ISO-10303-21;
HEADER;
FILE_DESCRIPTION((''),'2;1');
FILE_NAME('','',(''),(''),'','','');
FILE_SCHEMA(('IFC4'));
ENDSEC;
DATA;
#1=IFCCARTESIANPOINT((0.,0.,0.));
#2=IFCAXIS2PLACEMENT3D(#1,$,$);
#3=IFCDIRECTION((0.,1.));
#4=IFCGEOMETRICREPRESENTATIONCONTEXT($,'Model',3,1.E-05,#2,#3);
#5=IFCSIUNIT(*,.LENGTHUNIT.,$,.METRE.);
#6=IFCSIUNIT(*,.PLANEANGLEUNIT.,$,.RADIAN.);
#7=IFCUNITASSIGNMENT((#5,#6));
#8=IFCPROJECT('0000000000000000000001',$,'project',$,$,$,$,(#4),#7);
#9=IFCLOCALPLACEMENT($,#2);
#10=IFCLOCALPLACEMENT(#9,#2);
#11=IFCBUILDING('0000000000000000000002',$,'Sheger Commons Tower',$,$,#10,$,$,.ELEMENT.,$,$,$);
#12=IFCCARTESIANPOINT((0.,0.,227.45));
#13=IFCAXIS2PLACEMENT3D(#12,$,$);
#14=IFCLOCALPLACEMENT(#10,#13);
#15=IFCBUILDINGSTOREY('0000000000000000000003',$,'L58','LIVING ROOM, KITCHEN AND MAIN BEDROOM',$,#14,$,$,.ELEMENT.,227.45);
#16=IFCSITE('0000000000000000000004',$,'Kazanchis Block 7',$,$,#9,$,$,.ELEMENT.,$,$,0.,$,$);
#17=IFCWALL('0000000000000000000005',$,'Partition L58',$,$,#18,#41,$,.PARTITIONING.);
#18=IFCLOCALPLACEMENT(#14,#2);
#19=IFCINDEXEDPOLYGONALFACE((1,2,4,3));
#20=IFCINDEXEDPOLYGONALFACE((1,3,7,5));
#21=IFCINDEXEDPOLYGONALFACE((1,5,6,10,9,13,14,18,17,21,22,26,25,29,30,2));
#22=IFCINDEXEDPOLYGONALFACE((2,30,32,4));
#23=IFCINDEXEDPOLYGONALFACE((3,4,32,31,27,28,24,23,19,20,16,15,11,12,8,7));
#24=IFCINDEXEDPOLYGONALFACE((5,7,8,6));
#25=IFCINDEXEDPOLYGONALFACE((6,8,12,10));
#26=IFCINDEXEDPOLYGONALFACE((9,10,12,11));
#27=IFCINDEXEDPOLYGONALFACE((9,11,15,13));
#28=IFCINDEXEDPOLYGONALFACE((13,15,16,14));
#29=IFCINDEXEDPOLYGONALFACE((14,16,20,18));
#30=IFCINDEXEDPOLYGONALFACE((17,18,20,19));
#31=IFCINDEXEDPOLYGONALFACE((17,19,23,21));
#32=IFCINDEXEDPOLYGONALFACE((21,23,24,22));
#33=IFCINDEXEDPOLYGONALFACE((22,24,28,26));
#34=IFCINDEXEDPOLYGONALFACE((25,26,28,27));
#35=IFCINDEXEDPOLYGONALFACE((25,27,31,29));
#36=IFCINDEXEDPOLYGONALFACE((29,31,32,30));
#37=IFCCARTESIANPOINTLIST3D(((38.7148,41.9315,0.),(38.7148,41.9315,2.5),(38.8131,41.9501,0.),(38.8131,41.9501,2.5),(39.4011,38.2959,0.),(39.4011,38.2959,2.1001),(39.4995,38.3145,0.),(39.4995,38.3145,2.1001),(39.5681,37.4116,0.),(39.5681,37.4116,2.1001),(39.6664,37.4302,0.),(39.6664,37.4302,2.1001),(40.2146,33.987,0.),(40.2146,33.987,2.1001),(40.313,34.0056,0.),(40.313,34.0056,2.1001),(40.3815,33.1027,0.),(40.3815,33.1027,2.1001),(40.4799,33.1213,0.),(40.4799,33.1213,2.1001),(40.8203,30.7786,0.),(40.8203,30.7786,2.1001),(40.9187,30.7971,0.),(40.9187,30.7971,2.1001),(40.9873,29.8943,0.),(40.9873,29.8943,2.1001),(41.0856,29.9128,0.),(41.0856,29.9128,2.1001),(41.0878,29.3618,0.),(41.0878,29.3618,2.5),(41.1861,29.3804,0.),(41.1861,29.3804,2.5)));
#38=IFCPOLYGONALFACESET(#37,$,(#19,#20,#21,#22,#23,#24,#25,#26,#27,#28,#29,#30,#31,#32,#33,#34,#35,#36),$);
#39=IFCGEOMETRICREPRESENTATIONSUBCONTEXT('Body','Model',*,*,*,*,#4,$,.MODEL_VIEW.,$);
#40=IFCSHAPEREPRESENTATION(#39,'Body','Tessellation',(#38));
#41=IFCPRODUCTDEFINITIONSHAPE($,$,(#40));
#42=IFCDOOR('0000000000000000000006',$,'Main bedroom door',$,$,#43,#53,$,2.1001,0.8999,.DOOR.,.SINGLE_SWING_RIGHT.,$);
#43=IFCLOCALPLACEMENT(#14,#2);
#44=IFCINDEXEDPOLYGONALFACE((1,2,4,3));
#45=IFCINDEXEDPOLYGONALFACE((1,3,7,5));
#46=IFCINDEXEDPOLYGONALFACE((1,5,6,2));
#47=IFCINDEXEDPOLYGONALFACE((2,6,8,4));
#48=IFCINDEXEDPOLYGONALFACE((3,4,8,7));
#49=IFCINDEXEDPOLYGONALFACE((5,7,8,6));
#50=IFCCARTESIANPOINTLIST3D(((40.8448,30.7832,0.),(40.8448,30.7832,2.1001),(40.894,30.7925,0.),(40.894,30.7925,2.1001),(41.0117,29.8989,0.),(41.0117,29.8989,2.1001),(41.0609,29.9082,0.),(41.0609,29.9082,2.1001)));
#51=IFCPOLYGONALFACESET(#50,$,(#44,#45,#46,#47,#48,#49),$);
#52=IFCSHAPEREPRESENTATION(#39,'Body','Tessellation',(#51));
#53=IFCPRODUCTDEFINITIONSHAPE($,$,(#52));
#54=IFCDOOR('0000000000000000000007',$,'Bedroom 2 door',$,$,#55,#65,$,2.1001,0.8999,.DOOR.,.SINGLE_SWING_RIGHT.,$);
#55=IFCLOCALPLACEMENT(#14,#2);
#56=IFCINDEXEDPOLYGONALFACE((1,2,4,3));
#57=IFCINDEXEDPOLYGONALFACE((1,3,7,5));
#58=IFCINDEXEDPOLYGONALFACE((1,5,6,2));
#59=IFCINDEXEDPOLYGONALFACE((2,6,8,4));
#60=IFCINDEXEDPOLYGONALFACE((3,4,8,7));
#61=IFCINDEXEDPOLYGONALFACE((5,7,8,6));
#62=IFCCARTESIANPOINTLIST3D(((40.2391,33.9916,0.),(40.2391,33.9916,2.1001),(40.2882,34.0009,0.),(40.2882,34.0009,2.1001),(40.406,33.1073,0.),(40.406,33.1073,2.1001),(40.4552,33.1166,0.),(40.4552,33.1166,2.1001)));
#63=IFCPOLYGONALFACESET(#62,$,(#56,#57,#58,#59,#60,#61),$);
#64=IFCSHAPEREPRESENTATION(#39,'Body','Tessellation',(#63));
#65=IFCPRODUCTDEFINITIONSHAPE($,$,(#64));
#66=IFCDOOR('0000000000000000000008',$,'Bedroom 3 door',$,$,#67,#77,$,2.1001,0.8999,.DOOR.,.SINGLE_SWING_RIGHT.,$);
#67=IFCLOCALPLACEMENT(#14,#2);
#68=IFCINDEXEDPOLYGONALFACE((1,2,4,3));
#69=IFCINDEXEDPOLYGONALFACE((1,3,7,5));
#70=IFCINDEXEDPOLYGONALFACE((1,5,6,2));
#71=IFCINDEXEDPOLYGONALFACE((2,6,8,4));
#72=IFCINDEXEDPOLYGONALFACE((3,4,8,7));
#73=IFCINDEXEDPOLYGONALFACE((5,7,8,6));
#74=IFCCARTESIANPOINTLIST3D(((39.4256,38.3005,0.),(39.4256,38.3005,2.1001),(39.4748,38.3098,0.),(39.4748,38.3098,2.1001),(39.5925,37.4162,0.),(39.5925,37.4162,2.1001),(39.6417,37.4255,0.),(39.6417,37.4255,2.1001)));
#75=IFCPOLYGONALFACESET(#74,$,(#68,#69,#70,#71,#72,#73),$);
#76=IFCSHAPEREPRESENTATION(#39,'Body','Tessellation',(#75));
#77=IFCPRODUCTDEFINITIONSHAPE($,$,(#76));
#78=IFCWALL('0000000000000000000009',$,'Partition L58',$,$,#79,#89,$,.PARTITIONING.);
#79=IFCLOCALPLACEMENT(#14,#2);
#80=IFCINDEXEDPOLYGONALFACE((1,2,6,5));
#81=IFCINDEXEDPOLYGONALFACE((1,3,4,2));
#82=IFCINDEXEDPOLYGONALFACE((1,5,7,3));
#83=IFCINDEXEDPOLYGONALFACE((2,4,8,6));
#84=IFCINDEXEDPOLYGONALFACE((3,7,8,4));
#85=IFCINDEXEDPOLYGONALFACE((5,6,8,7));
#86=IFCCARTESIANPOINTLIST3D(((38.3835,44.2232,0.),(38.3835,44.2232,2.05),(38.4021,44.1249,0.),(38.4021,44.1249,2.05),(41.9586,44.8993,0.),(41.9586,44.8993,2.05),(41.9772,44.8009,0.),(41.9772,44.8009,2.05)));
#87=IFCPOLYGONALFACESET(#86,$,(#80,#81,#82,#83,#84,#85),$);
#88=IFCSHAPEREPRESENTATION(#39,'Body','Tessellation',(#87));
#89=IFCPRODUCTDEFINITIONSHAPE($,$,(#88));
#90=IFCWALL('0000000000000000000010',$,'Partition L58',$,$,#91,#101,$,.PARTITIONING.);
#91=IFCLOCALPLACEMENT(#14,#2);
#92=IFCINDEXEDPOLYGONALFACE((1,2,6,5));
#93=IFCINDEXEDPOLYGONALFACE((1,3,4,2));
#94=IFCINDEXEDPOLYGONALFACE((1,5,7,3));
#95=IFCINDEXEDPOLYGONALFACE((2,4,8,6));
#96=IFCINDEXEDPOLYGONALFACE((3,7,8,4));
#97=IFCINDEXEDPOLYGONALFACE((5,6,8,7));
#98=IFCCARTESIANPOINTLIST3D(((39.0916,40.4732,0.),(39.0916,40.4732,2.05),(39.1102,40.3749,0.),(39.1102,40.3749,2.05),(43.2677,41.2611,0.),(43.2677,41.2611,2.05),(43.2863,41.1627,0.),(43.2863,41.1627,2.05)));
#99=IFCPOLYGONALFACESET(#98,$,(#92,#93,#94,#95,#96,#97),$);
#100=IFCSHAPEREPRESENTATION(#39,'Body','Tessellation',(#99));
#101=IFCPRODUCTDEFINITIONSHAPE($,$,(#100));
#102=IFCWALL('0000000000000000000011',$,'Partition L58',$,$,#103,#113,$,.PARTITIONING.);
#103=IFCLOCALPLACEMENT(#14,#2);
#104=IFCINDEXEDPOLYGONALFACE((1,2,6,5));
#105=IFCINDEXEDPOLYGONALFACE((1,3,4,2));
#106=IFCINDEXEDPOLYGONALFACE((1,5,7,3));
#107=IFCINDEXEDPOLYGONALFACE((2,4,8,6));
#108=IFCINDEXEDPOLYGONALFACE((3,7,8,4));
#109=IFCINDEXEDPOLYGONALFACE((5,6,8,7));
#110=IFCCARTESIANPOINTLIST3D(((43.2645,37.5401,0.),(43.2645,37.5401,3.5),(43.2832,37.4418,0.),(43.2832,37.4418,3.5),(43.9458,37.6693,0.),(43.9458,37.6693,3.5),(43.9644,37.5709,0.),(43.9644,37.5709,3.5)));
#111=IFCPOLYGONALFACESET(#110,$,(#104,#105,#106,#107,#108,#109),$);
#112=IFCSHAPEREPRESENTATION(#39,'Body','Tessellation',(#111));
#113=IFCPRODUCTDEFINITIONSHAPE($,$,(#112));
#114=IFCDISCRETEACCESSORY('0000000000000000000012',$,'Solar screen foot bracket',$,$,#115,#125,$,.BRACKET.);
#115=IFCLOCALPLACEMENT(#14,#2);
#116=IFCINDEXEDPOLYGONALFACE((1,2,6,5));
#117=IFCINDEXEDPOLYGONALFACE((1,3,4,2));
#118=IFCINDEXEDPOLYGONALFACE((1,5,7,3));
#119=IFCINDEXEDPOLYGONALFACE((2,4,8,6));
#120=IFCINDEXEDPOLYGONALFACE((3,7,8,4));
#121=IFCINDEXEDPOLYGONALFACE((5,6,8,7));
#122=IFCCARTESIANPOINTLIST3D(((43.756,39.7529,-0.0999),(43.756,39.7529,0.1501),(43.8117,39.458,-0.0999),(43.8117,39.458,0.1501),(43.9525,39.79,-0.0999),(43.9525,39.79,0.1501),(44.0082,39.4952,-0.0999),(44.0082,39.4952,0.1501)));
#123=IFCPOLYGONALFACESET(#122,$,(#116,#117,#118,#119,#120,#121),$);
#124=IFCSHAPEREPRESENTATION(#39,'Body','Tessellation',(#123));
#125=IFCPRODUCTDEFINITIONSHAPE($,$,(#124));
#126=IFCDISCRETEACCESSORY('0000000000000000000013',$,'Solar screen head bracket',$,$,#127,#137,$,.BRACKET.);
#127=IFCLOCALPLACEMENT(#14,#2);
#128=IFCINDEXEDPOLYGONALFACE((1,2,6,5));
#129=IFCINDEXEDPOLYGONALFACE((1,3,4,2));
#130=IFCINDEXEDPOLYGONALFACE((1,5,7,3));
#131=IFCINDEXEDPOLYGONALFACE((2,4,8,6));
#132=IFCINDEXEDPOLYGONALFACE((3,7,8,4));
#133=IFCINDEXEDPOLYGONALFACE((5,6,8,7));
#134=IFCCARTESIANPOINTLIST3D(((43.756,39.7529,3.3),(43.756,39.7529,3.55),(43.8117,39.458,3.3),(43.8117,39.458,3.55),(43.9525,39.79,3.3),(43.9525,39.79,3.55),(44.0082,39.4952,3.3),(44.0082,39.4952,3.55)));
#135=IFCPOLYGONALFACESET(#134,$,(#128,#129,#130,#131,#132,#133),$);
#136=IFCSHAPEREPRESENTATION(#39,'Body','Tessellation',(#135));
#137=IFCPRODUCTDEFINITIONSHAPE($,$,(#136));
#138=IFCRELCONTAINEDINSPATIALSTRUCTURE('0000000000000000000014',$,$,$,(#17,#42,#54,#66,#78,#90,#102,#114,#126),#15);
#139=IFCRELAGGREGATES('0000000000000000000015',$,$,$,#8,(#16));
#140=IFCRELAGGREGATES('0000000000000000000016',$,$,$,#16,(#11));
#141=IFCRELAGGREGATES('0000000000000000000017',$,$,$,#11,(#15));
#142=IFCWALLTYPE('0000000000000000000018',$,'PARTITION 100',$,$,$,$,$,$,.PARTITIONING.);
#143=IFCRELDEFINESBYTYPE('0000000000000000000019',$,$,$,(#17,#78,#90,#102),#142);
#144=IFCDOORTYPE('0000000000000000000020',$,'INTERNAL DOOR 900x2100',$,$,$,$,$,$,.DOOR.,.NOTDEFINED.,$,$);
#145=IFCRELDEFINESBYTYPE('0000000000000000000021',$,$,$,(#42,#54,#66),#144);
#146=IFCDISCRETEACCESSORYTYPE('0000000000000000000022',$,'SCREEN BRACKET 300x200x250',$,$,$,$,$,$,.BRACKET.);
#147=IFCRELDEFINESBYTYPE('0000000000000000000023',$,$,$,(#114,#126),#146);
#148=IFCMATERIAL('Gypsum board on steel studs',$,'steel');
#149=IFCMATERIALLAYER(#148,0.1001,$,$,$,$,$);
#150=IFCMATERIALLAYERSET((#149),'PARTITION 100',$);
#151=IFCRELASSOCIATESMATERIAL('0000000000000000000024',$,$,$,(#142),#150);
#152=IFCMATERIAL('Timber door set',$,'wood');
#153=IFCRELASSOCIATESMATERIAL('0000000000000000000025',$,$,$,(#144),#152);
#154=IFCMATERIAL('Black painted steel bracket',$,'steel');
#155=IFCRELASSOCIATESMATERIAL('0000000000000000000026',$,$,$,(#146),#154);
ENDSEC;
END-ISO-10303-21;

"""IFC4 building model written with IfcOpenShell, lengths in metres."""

from ifc_helpers import new_model, si_unit, direction, frame, frame_2d, origin, origin_2d, place, context, subcontext, project, spatial, rectangle, extrude, material, layer, layer_set, type_object, element, fill, save


model = new_model("IFC4")

# Units and contexts
model_context = context("Model", 3, precision=1e-05, world=origin(), true_north=direction((0.0, 1.0)))
body_context = subcontext(model_context, "Body", "Model", "MODEL_VIEW")
ifc_project = project(units=[si_unit("LENGTHUNIT", "METRE"), si_unit("PLANEANGLEUNIT", "RADIAN")], contexts=[model_context])

# Site, building, storey
site_placement = place(None, origin())
site = spatial("IfcSite", under=ifc_project, at=site_placement, Name="Kazanchis Block 7", CompositionType="ELEMENT", RefElevation=0.0)
building_placement = place(site_placement, origin())
building = spatial("IfcBuilding", under=site, at=building_placement, Name="Sheger Commons Tower", CompositionType="ELEMENT")
storey_placement = place(building_placement, frame((0.0, 0.0, 227.45)))
storey = spatial("IfcBuildingStorey", under=building, at=storey_placement, Name="L58", Description="LIVING ROOM, KITCHEN AND MAIN BEDROOM", CompositionType="ELEMENT", Elevation=227.45)

# Shared definitions
ifc_material_1 = material(Name="Gypsum board on steel studs", Category="steel")
ifc_layer_1 = layer(ifc_material_1, 0.1001)
ifc_layer_set_1 = layer_set([ifc_layer_1], Name="PARTITION 100")
wall_type_1 = type_object("IfcWallType", Name="PARTITION 100", PredefinedType="PARTITIONING", material=ifc_layer_set_1)

# Wall, openings, doors
wall_1_placement = place(storey_placement, frame((38.7639, 41.9409, 0.0), z_axis=(0.0, 0.0, 1.0), x_axis=(0.185512, -0.982642, 0.0)))
wall_1 = element("IfcWall", 1, at=wall_1_placement, inside=storey, type_object=wall_type_1, Name="Partition L58", PredefinedType="PARTITIONING", context=body_context, shape_type="SweptSolid", body=[
    extrude(rectangle(XDim=12.7917, YDim=0.1001, at=frame_2d((6.396, 0.0))), origin(), (0.0, 0.0, 1.0), 2.5),
])
opening_1_placement = place(wall_1_placement, frame((11.3501, 0.0, 0.0)))
opening_1 = element("IfcOpeningElement", 2, at=opening_1_placement, cuts=wall_1, PredefinedType="OPENING", context=body_context, shape_type="SweptSolid", body=[
    extrude(rectangle(XDim=0.8999, YDim=2.1001, at=frame_2d((0.45, 1.05))), frame((0.0, 0.0601, 0.0), z_axis=(0.0, -1.0, 0.0), x_axis=(1.0, 0.0, 0.0)), (0.0, 0.0, 1.0), 0.1201),
])
opening_2_placement = place(wall_1_placement, frame((8.085, 0.0, 0.0)))
opening_2 = element("IfcOpeningElement", 3, at=opening_2_placement, cuts=wall_1, PredefinedType="OPENING", context=body_context, shape_type="SweptSolid", body=[
    extrude(rectangle(XDim=0.8999, YDim=2.1001, at=frame_2d((0.45, 1.05))), frame((0.0, 0.0601, 0.0), z_axis=(0.0, -1.0, 0.0), x_axis=(1.0, 0.0, 0.0)), (0.0, 0.0, 1.0), 0.1201),
])
opening_3_placement = place(wall_1_placement, frame((3.7, 0.0, 0.0)))
opening_3 = element("IfcOpeningElement", 4, at=opening_3_placement, cuts=wall_1, PredefinedType="OPENING", context=body_context, shape_type="SweptSolid", body=[
    extrude(rectangle(XDim=0.8999, YDim=2.1001, at=frame_2d((0.45, 1.05))), frame((0.0, 0.0601, 0.0), z_axis=(0.0, -1.0, 0.0), x_axis=(1.0, 0.0, 0.0)), (0.0, 0.0, 1.0), 0.1201),
])
ifc_material_2 = material(Name="Timber door set", Category="wood")
door_type = type_object("IfcDoorType", Name="INTERNAL DOOR 900x2100", OperationType="NOTDEFINED", PredefinedType="DOOR", material=ifc_material_2)
door_1_placement = place(opening_1_placement, origin())
door_1 = element("IfcDoor", 5, at=door_1_placement, inside=storey, type_object=door_type, Name="Main bedroom door", OperationType="SINGLE_SWING_RIGHT", OverallHeight=2.1001, OverallWidth=0.8999, PredefinedType="DOOR", context=body_context, shape_type="SweptSolid", body=[
    extrude(rectangle(XDim=0.8999, YDim=2.1001, at=frame_2d((0.45, 1.05))), frame((0.0, 0.0249, 0.0), z_axis=(0.0, -1.0, 0.0), x_axis=(1.0, 0.0, 0.0)), (0.0, 0.0, 1.0), 0.05),
])
fill(opening_1, door_1)
door_2_placement = place(opening_2_placement, origin())
door_2 = element("IfcDoor", 6, at=door_2_placement, inside=storey, type_object=door_type, Name="Bedroom 2 door", OperationType="SINGLE_SWING_RIGHT", OverallHeight=2.1001, OverallWidth=0.8999, PredefinedType="DOOR", context=body_context, shape_type="SweptSolid", body=[
    extrude(rectangle(XDim=0.8999, YDim=2.1001, at=frame_2d((0.45, 1.05))), frame((0.0, 0.0249, 0.0), z_axis=(0.0, -1.0, 0.0), x_axis=(1.0, 0.0, 0.0)), (0.0, 0.0, 1.0), 0.05),
])
fill(opening_2, door_2)
door_3_placement = place(opening_3_placement, origin())
door_3 = element("IfcDoor", 7, at=door_3_placement, inside=storey, type_object=door_type, Name="Bedroom 3 door", OperationType="SINGLE_SWING_RIGHT", OverallHeight=2.1001, OverallWidth=0.8999, PredefinedType="DOOR", context=body_context, shape_type="SweptSolid", body=[
    extrude(rectangle(XDim=0.8999, YDim=2.1001, at=frame_2d((0.45, 1.05))), frame((0.0, 0.0249, 0.0), z_axis=(0.0, -1.0, 0.0), x_axis=(1.0, 0.0, 0.0)), (0.0, 0.0, 1.0), 0.05),
])
fill(opening_3, door_3)

# Walls
wall_2_placement = place(storey_placement, frame((41.968, 44.8501, 0.0), z_axis=(0.0, 0.0, 1.0), x_axis=(-0.982586, -0.185808, 0.0)))
element("IfcWall", 8, at=wall_2_placement, inside=storey, type_object=wall_type_1, Name="Partition L58", PredefinedType="PARTITIONING", context=body_context, shape_type="SweptSolid", body=[
    extrude(rectangle(XDim=3.6384, YDim=0.1001, at=frame_2d((1.8193, 0.0))), origin(), (0.0, 0.0, 1.0), 2.05),
])
wall_3_placement = place(storey_placement, frame((43.2771, 41.2119, 0.0), z_axis=(0.0, 0.0, 1.0), x_axis=(-0.982665, -0.185388, 0.0)))
element("IfcWall", 9, at=wall_3_placement, inside=storey, type_object=wall_type_1, Name="Partition L58", PredefinedType="PARTITIONING", context=body_context, shape_type="SweptSolid", body=[
    extrude(rectangle(XDim=4.2498, YDim=0.1001, at=frame_2d((2.125, 0.0))), origin(), (0.0, 0.0, 1.0), 2.05),
])
wall_4_placement = place(storey_placement, frame((43.9551, 37.6201, 0.0), z_axis=(0.0, 0.0, 1.0), x_axis=(-0.982495, -0.186287, 0.0)))
element("IfcWall", 10, at=wall_4_placement, inside=storey, type_object=wall_type_1, Name="Partition L58", PredefinedType="PARTITIONING", context=body_context, shape_type="SweptSolid", body=[
    extrude(rectangle(XDim=0.6934, YDim=0.1001, at=frame_2d((0.3467, 0.0))), origin(), (0.0, 0.0, 1.0), 3.5),
])

# Discrete accessories
ifc_material_3 = material(Name="Black painted steel bracket", Category="steel")
discrete_accessory_type = type_object("IfcDiscreteAccessoryType", Name="SCREEN BRACKET 300x200x250", PredefinedType="BRACKET", material=ifc_material_3)
for number, where, z_axis, x_axis, name in (
    (11, (43.8821, 39.624, -0.0999), (0.0, 0.0, 1.0), (-0.185615, 0.982623, 0.0), "Solar screen foot bracket"),
    (12, (43.8821, 39.624, 3.3), (0.0, 0.0, 1.0), (-0.185615, 0.982623, 0.0), "Solar screen head bracket"),
):
    element("IfcDiscreteAccessory", number, at=place(storey_placement, frame(where, z_axis=z_axis, x_axis=x_axis)), inside=storey, type_object=discrete_accessory_type, Name=name, PredefinedType="BRACKET", context=body_context, shape_type="SweptSolid", body=[
        extrude(rectangle(XDim=0.3, YDim=0.2, at=origin_2d()), origin(), (0.0, 0.0, 1.0), 0.25),
    ])

save(model, "model.ifc")
